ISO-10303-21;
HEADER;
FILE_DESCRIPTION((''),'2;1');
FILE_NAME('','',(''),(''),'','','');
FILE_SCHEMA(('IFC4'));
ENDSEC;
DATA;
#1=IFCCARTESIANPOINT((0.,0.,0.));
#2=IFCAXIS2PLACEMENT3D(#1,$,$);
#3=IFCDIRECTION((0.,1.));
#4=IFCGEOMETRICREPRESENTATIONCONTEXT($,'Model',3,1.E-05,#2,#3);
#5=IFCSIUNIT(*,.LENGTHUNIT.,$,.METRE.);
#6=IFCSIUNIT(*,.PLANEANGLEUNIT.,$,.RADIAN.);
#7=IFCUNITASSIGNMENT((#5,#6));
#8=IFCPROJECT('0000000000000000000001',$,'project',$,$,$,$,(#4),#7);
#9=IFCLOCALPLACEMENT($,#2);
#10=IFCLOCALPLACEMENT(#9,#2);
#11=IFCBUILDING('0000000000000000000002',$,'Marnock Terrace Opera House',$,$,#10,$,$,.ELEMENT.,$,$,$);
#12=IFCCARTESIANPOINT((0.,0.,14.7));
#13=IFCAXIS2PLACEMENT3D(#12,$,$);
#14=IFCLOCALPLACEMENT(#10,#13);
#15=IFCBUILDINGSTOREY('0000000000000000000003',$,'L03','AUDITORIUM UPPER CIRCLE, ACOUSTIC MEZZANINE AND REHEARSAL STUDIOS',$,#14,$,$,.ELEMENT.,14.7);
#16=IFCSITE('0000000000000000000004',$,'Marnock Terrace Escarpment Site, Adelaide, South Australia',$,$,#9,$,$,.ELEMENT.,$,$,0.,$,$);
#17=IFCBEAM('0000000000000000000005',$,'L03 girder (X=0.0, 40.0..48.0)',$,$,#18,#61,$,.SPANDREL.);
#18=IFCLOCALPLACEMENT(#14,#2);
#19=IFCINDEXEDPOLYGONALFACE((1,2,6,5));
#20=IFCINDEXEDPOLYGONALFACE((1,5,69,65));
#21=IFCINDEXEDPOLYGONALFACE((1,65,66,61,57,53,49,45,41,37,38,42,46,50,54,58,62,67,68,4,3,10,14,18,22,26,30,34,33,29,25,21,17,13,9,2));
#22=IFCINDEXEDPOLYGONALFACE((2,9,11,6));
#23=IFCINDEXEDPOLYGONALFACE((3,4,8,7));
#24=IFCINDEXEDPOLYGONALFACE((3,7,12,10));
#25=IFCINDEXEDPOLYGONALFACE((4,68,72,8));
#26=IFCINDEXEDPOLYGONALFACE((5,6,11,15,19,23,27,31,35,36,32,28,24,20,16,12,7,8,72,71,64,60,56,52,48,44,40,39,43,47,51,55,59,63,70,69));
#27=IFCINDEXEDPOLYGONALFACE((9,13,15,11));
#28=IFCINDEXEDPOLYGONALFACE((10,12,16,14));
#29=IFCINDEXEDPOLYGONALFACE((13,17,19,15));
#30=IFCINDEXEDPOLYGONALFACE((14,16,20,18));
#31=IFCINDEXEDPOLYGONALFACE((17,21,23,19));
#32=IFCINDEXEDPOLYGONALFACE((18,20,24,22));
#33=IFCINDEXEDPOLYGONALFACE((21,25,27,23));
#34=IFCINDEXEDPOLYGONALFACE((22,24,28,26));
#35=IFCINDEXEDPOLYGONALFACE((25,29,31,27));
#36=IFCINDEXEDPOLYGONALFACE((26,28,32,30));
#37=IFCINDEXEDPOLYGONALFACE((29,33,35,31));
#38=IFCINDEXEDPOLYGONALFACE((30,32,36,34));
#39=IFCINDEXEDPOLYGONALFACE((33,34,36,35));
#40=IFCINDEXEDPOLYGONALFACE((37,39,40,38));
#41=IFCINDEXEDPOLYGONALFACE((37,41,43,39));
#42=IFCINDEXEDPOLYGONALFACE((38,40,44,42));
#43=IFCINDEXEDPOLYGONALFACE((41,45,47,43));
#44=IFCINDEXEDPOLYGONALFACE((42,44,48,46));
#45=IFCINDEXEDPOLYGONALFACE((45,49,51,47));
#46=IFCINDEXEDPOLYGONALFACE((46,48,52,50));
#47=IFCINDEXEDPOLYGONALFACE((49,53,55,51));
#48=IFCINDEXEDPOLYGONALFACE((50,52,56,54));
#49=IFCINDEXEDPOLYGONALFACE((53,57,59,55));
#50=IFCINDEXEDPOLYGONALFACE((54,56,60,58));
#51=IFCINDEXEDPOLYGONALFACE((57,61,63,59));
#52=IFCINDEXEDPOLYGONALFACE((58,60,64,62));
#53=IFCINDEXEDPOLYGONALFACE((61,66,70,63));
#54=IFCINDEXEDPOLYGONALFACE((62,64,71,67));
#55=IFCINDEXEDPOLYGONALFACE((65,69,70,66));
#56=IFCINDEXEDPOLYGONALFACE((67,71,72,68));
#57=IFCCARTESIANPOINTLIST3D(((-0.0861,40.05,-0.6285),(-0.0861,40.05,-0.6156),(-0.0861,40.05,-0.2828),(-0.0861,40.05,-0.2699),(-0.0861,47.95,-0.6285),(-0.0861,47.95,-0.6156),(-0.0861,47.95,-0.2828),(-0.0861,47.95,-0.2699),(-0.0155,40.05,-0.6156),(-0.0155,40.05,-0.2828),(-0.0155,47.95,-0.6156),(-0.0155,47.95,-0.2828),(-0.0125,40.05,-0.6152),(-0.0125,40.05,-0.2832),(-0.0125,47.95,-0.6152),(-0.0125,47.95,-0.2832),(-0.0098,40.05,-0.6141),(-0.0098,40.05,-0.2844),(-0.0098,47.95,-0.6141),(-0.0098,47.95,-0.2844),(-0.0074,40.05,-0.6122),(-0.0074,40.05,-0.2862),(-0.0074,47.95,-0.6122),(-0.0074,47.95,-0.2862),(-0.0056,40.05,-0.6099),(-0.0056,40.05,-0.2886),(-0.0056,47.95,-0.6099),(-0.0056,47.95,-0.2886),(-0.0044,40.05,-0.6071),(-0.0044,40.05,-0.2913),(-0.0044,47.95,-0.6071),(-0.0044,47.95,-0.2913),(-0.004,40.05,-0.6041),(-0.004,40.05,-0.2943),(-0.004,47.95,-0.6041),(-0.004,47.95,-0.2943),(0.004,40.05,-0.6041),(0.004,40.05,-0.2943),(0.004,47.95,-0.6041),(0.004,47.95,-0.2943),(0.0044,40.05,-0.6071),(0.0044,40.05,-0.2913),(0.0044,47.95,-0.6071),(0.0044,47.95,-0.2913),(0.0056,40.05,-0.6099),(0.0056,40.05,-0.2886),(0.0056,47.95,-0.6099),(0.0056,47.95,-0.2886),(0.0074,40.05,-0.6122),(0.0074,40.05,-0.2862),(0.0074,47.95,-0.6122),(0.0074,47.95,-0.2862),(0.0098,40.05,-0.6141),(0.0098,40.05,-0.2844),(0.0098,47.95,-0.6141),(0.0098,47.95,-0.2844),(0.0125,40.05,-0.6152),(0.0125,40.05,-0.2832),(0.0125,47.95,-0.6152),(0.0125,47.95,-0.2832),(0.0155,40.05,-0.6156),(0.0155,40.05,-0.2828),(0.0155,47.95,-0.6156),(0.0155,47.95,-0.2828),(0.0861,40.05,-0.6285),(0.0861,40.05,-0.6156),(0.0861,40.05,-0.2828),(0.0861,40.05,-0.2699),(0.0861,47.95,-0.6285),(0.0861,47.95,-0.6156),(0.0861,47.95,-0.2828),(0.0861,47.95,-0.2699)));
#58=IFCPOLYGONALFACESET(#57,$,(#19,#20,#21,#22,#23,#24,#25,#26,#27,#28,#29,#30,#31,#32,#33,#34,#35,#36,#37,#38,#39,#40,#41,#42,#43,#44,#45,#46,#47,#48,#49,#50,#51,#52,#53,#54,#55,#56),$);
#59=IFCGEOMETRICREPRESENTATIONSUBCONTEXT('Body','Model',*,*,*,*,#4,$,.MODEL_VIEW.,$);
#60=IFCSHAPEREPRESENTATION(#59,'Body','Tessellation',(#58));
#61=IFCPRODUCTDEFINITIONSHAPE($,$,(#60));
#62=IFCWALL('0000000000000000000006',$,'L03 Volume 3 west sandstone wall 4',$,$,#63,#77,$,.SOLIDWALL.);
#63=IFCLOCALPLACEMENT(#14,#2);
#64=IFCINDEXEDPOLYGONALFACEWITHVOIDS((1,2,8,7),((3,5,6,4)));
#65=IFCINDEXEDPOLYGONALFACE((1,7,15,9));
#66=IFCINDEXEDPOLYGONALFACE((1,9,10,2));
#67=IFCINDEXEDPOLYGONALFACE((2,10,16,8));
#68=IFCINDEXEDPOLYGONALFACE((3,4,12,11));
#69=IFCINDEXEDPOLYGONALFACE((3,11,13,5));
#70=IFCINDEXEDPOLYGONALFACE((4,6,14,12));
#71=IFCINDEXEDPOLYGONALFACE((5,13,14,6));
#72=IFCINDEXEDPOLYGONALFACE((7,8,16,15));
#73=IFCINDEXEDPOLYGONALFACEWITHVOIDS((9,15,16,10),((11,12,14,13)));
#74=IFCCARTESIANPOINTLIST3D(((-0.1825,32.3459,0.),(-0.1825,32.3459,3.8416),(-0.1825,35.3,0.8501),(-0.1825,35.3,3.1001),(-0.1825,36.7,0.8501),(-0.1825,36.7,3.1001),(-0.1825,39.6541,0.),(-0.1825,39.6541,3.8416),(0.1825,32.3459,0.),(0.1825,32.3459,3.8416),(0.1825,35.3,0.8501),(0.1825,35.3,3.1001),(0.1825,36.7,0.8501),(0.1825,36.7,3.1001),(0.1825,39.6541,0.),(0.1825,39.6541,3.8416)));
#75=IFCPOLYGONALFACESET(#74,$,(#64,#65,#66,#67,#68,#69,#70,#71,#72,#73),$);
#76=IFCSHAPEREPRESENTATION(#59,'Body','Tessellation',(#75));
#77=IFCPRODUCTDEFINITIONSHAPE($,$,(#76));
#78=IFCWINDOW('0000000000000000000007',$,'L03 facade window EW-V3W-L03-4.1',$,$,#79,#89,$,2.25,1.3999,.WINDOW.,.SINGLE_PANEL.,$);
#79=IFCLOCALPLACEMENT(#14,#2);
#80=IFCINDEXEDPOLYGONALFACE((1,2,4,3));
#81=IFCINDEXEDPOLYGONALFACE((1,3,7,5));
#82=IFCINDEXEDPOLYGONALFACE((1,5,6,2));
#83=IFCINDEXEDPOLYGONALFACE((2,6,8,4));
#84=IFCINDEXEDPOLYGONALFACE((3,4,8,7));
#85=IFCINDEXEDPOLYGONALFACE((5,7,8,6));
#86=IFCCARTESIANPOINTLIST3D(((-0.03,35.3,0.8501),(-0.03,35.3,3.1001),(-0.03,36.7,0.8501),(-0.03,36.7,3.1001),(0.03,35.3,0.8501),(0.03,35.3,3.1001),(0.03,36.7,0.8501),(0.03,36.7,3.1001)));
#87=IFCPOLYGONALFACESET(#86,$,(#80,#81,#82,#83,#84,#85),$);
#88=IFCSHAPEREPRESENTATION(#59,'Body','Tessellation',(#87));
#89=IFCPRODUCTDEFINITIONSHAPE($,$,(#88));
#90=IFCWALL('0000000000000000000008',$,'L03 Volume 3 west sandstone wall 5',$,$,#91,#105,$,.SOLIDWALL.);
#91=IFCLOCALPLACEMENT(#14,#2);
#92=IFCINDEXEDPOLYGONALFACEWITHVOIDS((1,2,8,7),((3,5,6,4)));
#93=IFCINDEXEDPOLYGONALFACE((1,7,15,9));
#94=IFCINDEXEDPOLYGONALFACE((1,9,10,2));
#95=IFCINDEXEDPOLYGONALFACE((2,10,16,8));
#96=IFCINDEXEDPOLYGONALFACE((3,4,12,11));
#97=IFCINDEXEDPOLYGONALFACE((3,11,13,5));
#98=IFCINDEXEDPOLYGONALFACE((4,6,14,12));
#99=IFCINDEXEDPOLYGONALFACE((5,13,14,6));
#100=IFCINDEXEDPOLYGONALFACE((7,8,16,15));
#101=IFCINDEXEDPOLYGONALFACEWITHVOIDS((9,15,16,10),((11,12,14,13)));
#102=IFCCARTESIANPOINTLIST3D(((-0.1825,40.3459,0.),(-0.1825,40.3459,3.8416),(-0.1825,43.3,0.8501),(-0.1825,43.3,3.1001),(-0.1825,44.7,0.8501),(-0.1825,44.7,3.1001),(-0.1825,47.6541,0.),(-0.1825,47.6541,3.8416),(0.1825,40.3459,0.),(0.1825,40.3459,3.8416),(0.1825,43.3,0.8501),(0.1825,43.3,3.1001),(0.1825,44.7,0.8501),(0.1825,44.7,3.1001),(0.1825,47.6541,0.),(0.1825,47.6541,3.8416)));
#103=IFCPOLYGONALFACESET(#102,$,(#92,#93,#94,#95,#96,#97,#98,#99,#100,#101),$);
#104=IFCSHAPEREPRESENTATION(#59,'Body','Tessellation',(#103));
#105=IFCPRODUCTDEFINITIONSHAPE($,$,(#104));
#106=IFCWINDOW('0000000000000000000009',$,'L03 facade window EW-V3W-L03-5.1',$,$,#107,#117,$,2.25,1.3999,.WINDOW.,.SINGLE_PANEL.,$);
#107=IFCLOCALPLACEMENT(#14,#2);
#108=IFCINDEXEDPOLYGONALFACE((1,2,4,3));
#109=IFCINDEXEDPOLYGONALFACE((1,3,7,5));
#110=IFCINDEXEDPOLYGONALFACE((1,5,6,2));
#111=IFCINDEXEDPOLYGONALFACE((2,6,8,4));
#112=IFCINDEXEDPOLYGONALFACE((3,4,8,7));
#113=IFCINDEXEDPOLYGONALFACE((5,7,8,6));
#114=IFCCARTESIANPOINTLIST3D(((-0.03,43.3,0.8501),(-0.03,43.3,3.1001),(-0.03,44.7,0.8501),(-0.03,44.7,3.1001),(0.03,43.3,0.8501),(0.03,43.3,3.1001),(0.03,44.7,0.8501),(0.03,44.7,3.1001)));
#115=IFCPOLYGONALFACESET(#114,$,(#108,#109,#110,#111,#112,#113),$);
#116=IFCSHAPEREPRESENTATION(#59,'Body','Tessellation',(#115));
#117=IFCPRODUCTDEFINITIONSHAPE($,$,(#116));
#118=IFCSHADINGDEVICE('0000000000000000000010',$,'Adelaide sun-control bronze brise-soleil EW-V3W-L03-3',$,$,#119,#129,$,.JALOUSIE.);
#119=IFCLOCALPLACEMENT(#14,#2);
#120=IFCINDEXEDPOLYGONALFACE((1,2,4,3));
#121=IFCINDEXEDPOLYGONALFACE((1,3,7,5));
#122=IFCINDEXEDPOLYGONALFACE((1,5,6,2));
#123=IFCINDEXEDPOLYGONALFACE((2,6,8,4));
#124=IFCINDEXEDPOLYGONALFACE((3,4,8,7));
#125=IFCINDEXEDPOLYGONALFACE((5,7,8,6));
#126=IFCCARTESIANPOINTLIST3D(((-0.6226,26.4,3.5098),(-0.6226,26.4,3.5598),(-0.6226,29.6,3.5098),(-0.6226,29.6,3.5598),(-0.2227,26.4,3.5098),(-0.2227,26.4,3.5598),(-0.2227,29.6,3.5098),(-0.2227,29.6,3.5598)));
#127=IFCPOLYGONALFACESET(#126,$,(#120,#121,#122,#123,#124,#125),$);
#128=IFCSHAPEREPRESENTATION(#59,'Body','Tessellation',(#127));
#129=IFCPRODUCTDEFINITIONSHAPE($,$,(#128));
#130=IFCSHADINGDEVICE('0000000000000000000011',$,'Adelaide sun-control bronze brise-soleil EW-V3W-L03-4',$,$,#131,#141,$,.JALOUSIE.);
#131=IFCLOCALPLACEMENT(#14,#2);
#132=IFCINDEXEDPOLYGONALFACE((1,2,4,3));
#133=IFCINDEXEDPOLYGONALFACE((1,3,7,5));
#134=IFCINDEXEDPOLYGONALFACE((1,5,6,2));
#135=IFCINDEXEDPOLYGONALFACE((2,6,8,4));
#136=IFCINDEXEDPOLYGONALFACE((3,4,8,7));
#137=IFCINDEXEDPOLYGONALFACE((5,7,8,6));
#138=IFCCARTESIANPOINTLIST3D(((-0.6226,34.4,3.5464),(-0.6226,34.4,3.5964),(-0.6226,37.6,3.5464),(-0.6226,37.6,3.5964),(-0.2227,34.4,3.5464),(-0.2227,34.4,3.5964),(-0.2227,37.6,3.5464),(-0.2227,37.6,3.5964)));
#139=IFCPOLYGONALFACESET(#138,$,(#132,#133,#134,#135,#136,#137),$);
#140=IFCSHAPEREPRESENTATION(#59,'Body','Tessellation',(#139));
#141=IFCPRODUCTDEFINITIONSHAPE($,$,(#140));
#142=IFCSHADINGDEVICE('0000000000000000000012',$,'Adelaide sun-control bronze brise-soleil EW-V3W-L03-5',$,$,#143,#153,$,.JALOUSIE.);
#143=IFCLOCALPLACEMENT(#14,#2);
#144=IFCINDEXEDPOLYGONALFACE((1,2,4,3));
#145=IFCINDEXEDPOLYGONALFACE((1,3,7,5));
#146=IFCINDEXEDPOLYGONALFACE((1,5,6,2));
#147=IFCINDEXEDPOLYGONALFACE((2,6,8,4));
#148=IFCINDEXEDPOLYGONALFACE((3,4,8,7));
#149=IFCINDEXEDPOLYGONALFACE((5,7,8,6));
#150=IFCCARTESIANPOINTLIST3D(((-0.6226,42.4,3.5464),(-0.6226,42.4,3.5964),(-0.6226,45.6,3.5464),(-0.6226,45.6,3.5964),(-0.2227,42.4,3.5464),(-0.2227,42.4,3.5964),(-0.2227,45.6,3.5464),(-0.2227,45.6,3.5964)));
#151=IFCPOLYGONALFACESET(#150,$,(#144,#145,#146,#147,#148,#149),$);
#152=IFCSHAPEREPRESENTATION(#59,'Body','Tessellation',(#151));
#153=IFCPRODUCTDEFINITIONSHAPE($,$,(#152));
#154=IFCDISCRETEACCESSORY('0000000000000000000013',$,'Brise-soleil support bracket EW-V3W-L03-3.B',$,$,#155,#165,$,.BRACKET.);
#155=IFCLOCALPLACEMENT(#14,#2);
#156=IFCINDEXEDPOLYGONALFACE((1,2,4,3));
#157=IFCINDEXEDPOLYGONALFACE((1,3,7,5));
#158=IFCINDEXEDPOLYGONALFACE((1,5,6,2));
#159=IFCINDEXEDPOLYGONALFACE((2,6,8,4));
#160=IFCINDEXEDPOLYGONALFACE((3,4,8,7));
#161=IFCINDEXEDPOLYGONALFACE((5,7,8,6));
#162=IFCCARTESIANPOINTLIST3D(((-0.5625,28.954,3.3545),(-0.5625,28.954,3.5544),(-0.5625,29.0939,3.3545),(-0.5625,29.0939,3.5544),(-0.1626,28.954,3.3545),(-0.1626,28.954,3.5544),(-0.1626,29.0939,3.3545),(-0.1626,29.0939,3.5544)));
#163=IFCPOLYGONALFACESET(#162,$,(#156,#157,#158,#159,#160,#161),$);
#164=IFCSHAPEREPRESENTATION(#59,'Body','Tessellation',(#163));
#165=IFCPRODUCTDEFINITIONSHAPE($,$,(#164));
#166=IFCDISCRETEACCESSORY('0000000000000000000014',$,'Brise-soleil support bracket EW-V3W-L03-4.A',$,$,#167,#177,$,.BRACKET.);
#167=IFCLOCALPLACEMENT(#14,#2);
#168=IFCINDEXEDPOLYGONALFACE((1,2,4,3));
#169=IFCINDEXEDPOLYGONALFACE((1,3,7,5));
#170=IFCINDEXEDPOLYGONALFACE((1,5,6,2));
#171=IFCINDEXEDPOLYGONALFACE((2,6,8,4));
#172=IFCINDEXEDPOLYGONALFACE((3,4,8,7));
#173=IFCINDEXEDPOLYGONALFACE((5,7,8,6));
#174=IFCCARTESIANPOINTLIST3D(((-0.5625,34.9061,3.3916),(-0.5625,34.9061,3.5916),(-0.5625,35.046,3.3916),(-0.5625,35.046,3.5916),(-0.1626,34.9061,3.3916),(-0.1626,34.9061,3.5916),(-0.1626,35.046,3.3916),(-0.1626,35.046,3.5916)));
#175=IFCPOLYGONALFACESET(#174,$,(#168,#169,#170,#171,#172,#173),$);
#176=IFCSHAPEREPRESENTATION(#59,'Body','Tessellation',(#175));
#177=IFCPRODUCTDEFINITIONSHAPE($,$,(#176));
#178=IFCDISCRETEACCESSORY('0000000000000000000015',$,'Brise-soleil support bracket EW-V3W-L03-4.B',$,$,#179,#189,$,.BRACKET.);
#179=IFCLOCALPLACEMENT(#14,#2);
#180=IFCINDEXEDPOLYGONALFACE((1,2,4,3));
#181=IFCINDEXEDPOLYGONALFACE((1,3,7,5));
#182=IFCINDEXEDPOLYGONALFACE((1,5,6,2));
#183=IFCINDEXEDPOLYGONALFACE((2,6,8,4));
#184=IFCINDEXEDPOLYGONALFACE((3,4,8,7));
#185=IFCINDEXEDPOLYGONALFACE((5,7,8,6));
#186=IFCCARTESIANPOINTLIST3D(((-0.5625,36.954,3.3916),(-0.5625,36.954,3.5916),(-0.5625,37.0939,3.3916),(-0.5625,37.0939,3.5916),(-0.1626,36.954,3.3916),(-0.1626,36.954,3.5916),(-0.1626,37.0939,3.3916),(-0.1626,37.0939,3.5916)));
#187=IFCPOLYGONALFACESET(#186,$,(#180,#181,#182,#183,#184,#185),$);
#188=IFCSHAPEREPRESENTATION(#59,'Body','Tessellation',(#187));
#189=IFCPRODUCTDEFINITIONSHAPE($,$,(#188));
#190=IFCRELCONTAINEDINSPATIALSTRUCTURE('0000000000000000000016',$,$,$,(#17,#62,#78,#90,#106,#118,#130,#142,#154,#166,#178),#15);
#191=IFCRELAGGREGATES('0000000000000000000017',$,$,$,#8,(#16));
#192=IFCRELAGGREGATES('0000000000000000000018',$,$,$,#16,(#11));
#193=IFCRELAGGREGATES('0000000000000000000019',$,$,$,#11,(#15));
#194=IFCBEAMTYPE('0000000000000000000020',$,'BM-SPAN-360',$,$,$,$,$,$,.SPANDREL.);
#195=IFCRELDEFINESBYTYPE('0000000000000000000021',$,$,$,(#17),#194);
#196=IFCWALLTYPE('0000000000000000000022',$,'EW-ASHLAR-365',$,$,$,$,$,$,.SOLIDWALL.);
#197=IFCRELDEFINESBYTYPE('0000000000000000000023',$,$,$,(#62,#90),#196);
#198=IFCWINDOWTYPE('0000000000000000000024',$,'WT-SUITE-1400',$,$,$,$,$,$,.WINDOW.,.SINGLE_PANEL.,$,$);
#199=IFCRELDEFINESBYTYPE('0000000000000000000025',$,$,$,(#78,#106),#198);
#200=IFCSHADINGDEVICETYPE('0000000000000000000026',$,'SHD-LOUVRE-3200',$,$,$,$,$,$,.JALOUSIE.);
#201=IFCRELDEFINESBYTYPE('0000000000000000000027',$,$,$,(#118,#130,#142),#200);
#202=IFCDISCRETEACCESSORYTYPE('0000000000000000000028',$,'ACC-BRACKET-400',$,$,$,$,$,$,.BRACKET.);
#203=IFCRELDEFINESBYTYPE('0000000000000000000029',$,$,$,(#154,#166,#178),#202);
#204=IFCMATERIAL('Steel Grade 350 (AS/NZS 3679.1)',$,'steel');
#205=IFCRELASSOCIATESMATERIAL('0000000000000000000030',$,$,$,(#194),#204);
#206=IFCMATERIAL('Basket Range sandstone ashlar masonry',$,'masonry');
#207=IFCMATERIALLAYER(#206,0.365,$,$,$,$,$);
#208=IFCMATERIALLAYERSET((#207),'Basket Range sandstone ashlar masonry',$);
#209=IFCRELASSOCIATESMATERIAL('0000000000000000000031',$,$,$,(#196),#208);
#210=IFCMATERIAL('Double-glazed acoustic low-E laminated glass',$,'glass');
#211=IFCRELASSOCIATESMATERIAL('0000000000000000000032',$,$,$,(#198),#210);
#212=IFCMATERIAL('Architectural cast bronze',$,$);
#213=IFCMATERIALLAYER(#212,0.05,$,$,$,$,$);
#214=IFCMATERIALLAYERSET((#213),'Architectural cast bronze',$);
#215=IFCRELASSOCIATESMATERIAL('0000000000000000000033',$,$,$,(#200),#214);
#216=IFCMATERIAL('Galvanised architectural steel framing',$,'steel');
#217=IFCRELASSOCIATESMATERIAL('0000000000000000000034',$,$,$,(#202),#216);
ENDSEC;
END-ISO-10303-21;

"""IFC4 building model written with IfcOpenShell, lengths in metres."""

from ifc_helpers import new_model, si_unit, direction, frame, frame_2d, origin, origin_2d, place, context, subcontext, project, spatial, rectangle, i_section, extrude, material, layer, layer_set, material_profile, profile_set, type_object, element, fill, save


model = new_model("IFC4")

# Units and contexts
model_context = context("Model", 3, precision=1e-05, world=origin(), true_north=direction((0.0, 1.0)))
body_context = subcontext(model_context, "Body", "Model", "MODEL_VIEW")
ifc_project = project(units=[si_unit("LENGTHUNIT", "METRE"), si_unit("PLANEANGLEUNIT", "RADIAN")], contexts=[model_context])

# Site, building, storey
site_placement = place(None, origin())
site = spatial("IfcSite", under=ifc_project, at=site_placement, Name="Marnock Terrace Escarpment Site, Adelaide, South Australia", CompositionType="ELEMENT", RefElevation=0.0)
building_placement = place(site_placement, origin())
building = spatial("IfcBuilding", under=site, at=building_placement, Name="Marnock Terrace Opera House", CompositionType="ELEMENT")
storey_placement = place(building_placement, frame((0.0, 0.0, 14.7)))
storey = spatial("IfcBuildingStorey", under=building, at=storey_placement, Name="L03", Description="AUDITORIUM UPPER CIRCLE, ACOUSTIC MEZZANINE AND REHEARSAL STUDIOS", CompositionType="ELEMENT", Elevation=14.7)

# Beam
ifc_material_1 = material(Name="Steel Grade 350 (AS/NZS 3679.1)", Category="steel")
ifc_material_profile_1 = material_profile(ifc_material_1, i_section(OverallWidth=0.1721, OverallDepth=0.3586, WebThickness=0.0081, FlangeThickness=0.0129, FilletRadius=0.0115, at=origin_2d()))
ifc_profile_set_1 = profile_set([ifc_material_profile_1], Name="Steel Grade 350 (AS/NZS 3679.1)")
beam_type_1 = type_object("IfcBeamType", Name="BM-SPAN-360", PredefinedType="SPANDREL", material=ifc_profile_set_1)
for number, where, z_axis, x_axis, name in (
    (1, (0.0, 40.05, -0.4492), (0.0, 1.0, 0.0), (-1.0, 0.0, 0.0), "L03 girder (X=0.0, 40.0..48.0)"),
):
    element("IfcBeam", number, at=place(storey_placement, frame(where, z_axis=z_axis, x_axis=x_axis)), inside=storey, type_object=beam_type_1, Name=name, PredefinedType="SPANDREL", context=body_context, shape_type="SweptSolid", body=[
        extrude(i_section(OverallWidth=0.1721, OverallDepth=0.3586, WebThickness=0.0081, FlangeThickness=0.0129, FilletRadius=0.0115, at=origin_2d()), origin(), (0.0, 0.0, 1.0), 7.8999),
    ])

# Walls, openings, windows
ifc_material_2 = material(Name="Basket Range sandstone ashlar masonry", Category="masonry")
ifc_layer_1 = layer(ifc_material_2, 0.365)
ifc_layer_set_1 = layer_set([ifc_layer_1], Name="Basket Range sandstone ashlar masonry")
wall_type = type_object("IfcWallType", Name="EW-ASHLAR-365", PredefinedType="SOLIDWALL", material=ifc_layer_set_1)
wall_1_placement = place(storey_placement, frame((0.0, 32.3459, 0.0), z_axis=(0.0, 0.0, 1.0), x_axis=(0.0, 1.0, 0.0)))
wall_1 = element("IfcWall", 2, at=wall_1_placement, inside=storey, type_object=wall_type, Name="L03 Volume 3 west sandstone wall 4", PredefinedType="SOLIDWALL", context=body_context, shape_type="SweptSolid", body=[
    extrude(rectangle(XDim=7.3081, YDim=0.365, at=frame_2d((3.6541, 0.0))), origin(), (0.0, 0.0, 1.0), 3.8416),
])
opening_1_placement = place(wall_1_placement, frame((2.9541, 0.0, 0.8501)))
opening_1 = element("IfcOpeningElement", 3, at=opening_1_placement, cuts=wall_1, PredefinedType="OPENING", context=body_context, shape_type="SweptSolid", body=[
    extrude(rectangle(XDim=1.3999, YDim=2.25, at=frame_2d((0.7, 1.125))), frame((0.0, 0.1924, 0.0), z_axis=(0.0, -1.0, 0.0), x_axis=(1.0, 0.0, 0.0)), (0.0, 0.0, 1.0), 0.385),
])
ifc_material_3 = material(Name="Double-glazed acoustic low-E laminated glass", Category="glass")
window_type = type_object("IfcWindowType", Name="WT-SUITE-1400", PartitioningType="SINGLE_PANEL", PredefinedType="WINDOW", material=ifc_material_3)
window_1_placement = place(opening_1_placement, origin())
window_1 = element("IfcWindow", 4, at=window_1_placement, inside=storey, type_object=window_type, Name="L03 facade window EW-V3W-L03-4.1", OverallHeight=2.25, OverallWidth=1.3999, PartitioningType="SINGLE_PANEL", PredefinedType="WINDOW", context=body_context, shape_type="SweptSolid", body=[
    extrude(rectangle(XDim=1.3999, YDim=2.25, at=frame_2d((0.7, 1.125))), frame((0.0, 0.03, 0.0), z_axis=(0.0, -1.0, 0.0), x_axis=(1.0, 0.0, 0.0)), (0.0, 0.0, 1.0), 0.0601),
])
fill(opening_1, window_1)
wall_2_placement = place(storey_placement, frame((0.0, 40.3459, 0.0), z_axis=(0.0, 0.0, 1.0), x_axis=(0.0, 1.0, 0.0)))
wall_2 = element("IfcWall", 5, at=wall_2_placement, inside=storey, type_object=wall_type, Name="L03 Volume 3 west sandstone wall 5", PredefinedType="SOLIDWALL", context=body_context, shape_type="SweptSolid", body=[
    extrude(rectangle(XDim=7.3081, YDim=0.365, at=frame_2d((3.6541, 0.0))), origin(), (0.0, 0.0, 1.0), 3.8416),
])
opening_2_placement = place(wall_2_placement, frame((2.9541, 0.0, 0.8501)))
opening_2 = element("IfcOpeningElement", 6, at=opening_2_placement, cuts=wall_2, PredefinedType="OPENING", context=body_context, shape_type="SweptSolid", body=[
    extrude(rectangle(XDim=1.3999, YDim=2.25, at=frame_2d((0.7, 1.125))), frame((0.0, 0.1924, 0.0), z_axis=(0.0, -1.0, 0.0), x_axis=(1.0, 0.0, 0.0)), (0.0, 0.0, 1.0), 0.385),
])
window_2_placement = place(opening_2_placement, origin())
window_2 = element("IfcWindow", 7, at=window_2_placement, inside=storey, type_object=window_type, Name="L03 facade window EW-V3W-L03-5.1", OverallHeight=2.25, OverallWidth=1.3999, PartitioningType="SINGLE_PANEL", PredefinedType="WINDOW", context=body_context, shape_type="SweptSolid", body=[
    extrude(rectangle(XDim=1.3999, YDim=2.25, at=frame_2d((0.7, 1.125))), frame((0.0, 0.03, 0.0), z_axis=(0.0, -1.0, 0.0), x_axis=(1.0, 0.0, 0.0)), (0.0, 0.0, 1.0), 0.0601),
])
fill(opening_2, window_2)

# Shading devices
ifc_material_4 = material(Name="Architectural cast bronze")
ifc_layer_2 = layer(ifc_material_4, 0.05)
ifc_layer_set_2 = layer_set([ifc_layer_2], Name="Architectural cast bronze")
shading_device_type = type_object("IfcShadingDeviceType", Name="SHD-LOUVRE-3200", PredefinedType="JALOUSIE", material=ifc_layer_set_2)
for number, where, z_axis, x_axis, name in (
    (8, (-0.4226, 28.0, 3.5098), (0.0, 0.0, 1.0), (0.0, 1.0, 0.0), "Adelaide sun-control bronze brise-soleil EW-V3W-L03-3"),
    (9, (-0.4226, 36.0, 3.5464), (0.0, 0.0, 1.0), (0.0, 1.0, 0.0), "Adelaide sun-control bronze brise-soleil EW-V3W-L03-4"),
    (10, (-0.4226, 44.0, 3.5464), (0.0, 0.0, 1.0), (0.0, 1.0, 0.0), "Adelaide sun-control bronze brise-soleil EW-V3W-L03-5"),
):
    element("IfcShadingDevice", number, at=place(storey_placement, frame(where, z_axis=z_axis, x_axis=x_axis)), inside=storey, type_object=shading_device_type, Name=name, PredefinedType="JALOUSIE", context=body_context, shape_type="SweptSolid", body=[
        extrude(rectangle(XDim=3.2, YDim=0.3999, at=origin_2d()), origin(), (0.0, 0.0, 1.0), 0.05),
    ])

# Discrete accessories
ifc_material_5 = material(Name="Galvanised architectural steel framing", Category="steel")
discrete_accessory_type = type_object("IfcDiscreteAccessoryType", Name="ACC-BRACKET-400", PredefinedType="BRACKET", material=ifc_material_5)
for number, where, z_axis, x_axis, name in (
    (11, (-0.3625, 29.0239, 3.3545), (0.0, 0.0, 1.0), (0.0, 1.0, 0.0), "Brise-soleil support bracket EW-V3W-L03-3.B"),
    (12, (-0.3625, 34.9761, 3.3916), (0.0, 0.0, 1.0), (0.0, 1.0, 0.0), "Brise-soleil support bracket EW-V3W-L03-4.A"),
    (13, (-0.3625, 37.0239, 3.3916), (0.0, 0.0, 1.0), (0.0, 1.0, 0.0), "Brise-soleil support bracket EW-V3W-L03-4.B"),
):
    element("IfcDiscreteAccessory", number, at=place(storey_placement, frame(where, z_axis=z_axis, x_axis=x_axis)), inside=storey, type_object=discrete_accessory_type, Name=name, PredefinedType="BRACKET", context=body_context, shape_type="SweptSolid", body=[
        extrude(rectangle(XDim=0.1399, YDim=0.3999, at=origin_2d()), origin(), (0.0, 0.0, 1.0), 0.2),
    ])

save(model, "model.ifc")
